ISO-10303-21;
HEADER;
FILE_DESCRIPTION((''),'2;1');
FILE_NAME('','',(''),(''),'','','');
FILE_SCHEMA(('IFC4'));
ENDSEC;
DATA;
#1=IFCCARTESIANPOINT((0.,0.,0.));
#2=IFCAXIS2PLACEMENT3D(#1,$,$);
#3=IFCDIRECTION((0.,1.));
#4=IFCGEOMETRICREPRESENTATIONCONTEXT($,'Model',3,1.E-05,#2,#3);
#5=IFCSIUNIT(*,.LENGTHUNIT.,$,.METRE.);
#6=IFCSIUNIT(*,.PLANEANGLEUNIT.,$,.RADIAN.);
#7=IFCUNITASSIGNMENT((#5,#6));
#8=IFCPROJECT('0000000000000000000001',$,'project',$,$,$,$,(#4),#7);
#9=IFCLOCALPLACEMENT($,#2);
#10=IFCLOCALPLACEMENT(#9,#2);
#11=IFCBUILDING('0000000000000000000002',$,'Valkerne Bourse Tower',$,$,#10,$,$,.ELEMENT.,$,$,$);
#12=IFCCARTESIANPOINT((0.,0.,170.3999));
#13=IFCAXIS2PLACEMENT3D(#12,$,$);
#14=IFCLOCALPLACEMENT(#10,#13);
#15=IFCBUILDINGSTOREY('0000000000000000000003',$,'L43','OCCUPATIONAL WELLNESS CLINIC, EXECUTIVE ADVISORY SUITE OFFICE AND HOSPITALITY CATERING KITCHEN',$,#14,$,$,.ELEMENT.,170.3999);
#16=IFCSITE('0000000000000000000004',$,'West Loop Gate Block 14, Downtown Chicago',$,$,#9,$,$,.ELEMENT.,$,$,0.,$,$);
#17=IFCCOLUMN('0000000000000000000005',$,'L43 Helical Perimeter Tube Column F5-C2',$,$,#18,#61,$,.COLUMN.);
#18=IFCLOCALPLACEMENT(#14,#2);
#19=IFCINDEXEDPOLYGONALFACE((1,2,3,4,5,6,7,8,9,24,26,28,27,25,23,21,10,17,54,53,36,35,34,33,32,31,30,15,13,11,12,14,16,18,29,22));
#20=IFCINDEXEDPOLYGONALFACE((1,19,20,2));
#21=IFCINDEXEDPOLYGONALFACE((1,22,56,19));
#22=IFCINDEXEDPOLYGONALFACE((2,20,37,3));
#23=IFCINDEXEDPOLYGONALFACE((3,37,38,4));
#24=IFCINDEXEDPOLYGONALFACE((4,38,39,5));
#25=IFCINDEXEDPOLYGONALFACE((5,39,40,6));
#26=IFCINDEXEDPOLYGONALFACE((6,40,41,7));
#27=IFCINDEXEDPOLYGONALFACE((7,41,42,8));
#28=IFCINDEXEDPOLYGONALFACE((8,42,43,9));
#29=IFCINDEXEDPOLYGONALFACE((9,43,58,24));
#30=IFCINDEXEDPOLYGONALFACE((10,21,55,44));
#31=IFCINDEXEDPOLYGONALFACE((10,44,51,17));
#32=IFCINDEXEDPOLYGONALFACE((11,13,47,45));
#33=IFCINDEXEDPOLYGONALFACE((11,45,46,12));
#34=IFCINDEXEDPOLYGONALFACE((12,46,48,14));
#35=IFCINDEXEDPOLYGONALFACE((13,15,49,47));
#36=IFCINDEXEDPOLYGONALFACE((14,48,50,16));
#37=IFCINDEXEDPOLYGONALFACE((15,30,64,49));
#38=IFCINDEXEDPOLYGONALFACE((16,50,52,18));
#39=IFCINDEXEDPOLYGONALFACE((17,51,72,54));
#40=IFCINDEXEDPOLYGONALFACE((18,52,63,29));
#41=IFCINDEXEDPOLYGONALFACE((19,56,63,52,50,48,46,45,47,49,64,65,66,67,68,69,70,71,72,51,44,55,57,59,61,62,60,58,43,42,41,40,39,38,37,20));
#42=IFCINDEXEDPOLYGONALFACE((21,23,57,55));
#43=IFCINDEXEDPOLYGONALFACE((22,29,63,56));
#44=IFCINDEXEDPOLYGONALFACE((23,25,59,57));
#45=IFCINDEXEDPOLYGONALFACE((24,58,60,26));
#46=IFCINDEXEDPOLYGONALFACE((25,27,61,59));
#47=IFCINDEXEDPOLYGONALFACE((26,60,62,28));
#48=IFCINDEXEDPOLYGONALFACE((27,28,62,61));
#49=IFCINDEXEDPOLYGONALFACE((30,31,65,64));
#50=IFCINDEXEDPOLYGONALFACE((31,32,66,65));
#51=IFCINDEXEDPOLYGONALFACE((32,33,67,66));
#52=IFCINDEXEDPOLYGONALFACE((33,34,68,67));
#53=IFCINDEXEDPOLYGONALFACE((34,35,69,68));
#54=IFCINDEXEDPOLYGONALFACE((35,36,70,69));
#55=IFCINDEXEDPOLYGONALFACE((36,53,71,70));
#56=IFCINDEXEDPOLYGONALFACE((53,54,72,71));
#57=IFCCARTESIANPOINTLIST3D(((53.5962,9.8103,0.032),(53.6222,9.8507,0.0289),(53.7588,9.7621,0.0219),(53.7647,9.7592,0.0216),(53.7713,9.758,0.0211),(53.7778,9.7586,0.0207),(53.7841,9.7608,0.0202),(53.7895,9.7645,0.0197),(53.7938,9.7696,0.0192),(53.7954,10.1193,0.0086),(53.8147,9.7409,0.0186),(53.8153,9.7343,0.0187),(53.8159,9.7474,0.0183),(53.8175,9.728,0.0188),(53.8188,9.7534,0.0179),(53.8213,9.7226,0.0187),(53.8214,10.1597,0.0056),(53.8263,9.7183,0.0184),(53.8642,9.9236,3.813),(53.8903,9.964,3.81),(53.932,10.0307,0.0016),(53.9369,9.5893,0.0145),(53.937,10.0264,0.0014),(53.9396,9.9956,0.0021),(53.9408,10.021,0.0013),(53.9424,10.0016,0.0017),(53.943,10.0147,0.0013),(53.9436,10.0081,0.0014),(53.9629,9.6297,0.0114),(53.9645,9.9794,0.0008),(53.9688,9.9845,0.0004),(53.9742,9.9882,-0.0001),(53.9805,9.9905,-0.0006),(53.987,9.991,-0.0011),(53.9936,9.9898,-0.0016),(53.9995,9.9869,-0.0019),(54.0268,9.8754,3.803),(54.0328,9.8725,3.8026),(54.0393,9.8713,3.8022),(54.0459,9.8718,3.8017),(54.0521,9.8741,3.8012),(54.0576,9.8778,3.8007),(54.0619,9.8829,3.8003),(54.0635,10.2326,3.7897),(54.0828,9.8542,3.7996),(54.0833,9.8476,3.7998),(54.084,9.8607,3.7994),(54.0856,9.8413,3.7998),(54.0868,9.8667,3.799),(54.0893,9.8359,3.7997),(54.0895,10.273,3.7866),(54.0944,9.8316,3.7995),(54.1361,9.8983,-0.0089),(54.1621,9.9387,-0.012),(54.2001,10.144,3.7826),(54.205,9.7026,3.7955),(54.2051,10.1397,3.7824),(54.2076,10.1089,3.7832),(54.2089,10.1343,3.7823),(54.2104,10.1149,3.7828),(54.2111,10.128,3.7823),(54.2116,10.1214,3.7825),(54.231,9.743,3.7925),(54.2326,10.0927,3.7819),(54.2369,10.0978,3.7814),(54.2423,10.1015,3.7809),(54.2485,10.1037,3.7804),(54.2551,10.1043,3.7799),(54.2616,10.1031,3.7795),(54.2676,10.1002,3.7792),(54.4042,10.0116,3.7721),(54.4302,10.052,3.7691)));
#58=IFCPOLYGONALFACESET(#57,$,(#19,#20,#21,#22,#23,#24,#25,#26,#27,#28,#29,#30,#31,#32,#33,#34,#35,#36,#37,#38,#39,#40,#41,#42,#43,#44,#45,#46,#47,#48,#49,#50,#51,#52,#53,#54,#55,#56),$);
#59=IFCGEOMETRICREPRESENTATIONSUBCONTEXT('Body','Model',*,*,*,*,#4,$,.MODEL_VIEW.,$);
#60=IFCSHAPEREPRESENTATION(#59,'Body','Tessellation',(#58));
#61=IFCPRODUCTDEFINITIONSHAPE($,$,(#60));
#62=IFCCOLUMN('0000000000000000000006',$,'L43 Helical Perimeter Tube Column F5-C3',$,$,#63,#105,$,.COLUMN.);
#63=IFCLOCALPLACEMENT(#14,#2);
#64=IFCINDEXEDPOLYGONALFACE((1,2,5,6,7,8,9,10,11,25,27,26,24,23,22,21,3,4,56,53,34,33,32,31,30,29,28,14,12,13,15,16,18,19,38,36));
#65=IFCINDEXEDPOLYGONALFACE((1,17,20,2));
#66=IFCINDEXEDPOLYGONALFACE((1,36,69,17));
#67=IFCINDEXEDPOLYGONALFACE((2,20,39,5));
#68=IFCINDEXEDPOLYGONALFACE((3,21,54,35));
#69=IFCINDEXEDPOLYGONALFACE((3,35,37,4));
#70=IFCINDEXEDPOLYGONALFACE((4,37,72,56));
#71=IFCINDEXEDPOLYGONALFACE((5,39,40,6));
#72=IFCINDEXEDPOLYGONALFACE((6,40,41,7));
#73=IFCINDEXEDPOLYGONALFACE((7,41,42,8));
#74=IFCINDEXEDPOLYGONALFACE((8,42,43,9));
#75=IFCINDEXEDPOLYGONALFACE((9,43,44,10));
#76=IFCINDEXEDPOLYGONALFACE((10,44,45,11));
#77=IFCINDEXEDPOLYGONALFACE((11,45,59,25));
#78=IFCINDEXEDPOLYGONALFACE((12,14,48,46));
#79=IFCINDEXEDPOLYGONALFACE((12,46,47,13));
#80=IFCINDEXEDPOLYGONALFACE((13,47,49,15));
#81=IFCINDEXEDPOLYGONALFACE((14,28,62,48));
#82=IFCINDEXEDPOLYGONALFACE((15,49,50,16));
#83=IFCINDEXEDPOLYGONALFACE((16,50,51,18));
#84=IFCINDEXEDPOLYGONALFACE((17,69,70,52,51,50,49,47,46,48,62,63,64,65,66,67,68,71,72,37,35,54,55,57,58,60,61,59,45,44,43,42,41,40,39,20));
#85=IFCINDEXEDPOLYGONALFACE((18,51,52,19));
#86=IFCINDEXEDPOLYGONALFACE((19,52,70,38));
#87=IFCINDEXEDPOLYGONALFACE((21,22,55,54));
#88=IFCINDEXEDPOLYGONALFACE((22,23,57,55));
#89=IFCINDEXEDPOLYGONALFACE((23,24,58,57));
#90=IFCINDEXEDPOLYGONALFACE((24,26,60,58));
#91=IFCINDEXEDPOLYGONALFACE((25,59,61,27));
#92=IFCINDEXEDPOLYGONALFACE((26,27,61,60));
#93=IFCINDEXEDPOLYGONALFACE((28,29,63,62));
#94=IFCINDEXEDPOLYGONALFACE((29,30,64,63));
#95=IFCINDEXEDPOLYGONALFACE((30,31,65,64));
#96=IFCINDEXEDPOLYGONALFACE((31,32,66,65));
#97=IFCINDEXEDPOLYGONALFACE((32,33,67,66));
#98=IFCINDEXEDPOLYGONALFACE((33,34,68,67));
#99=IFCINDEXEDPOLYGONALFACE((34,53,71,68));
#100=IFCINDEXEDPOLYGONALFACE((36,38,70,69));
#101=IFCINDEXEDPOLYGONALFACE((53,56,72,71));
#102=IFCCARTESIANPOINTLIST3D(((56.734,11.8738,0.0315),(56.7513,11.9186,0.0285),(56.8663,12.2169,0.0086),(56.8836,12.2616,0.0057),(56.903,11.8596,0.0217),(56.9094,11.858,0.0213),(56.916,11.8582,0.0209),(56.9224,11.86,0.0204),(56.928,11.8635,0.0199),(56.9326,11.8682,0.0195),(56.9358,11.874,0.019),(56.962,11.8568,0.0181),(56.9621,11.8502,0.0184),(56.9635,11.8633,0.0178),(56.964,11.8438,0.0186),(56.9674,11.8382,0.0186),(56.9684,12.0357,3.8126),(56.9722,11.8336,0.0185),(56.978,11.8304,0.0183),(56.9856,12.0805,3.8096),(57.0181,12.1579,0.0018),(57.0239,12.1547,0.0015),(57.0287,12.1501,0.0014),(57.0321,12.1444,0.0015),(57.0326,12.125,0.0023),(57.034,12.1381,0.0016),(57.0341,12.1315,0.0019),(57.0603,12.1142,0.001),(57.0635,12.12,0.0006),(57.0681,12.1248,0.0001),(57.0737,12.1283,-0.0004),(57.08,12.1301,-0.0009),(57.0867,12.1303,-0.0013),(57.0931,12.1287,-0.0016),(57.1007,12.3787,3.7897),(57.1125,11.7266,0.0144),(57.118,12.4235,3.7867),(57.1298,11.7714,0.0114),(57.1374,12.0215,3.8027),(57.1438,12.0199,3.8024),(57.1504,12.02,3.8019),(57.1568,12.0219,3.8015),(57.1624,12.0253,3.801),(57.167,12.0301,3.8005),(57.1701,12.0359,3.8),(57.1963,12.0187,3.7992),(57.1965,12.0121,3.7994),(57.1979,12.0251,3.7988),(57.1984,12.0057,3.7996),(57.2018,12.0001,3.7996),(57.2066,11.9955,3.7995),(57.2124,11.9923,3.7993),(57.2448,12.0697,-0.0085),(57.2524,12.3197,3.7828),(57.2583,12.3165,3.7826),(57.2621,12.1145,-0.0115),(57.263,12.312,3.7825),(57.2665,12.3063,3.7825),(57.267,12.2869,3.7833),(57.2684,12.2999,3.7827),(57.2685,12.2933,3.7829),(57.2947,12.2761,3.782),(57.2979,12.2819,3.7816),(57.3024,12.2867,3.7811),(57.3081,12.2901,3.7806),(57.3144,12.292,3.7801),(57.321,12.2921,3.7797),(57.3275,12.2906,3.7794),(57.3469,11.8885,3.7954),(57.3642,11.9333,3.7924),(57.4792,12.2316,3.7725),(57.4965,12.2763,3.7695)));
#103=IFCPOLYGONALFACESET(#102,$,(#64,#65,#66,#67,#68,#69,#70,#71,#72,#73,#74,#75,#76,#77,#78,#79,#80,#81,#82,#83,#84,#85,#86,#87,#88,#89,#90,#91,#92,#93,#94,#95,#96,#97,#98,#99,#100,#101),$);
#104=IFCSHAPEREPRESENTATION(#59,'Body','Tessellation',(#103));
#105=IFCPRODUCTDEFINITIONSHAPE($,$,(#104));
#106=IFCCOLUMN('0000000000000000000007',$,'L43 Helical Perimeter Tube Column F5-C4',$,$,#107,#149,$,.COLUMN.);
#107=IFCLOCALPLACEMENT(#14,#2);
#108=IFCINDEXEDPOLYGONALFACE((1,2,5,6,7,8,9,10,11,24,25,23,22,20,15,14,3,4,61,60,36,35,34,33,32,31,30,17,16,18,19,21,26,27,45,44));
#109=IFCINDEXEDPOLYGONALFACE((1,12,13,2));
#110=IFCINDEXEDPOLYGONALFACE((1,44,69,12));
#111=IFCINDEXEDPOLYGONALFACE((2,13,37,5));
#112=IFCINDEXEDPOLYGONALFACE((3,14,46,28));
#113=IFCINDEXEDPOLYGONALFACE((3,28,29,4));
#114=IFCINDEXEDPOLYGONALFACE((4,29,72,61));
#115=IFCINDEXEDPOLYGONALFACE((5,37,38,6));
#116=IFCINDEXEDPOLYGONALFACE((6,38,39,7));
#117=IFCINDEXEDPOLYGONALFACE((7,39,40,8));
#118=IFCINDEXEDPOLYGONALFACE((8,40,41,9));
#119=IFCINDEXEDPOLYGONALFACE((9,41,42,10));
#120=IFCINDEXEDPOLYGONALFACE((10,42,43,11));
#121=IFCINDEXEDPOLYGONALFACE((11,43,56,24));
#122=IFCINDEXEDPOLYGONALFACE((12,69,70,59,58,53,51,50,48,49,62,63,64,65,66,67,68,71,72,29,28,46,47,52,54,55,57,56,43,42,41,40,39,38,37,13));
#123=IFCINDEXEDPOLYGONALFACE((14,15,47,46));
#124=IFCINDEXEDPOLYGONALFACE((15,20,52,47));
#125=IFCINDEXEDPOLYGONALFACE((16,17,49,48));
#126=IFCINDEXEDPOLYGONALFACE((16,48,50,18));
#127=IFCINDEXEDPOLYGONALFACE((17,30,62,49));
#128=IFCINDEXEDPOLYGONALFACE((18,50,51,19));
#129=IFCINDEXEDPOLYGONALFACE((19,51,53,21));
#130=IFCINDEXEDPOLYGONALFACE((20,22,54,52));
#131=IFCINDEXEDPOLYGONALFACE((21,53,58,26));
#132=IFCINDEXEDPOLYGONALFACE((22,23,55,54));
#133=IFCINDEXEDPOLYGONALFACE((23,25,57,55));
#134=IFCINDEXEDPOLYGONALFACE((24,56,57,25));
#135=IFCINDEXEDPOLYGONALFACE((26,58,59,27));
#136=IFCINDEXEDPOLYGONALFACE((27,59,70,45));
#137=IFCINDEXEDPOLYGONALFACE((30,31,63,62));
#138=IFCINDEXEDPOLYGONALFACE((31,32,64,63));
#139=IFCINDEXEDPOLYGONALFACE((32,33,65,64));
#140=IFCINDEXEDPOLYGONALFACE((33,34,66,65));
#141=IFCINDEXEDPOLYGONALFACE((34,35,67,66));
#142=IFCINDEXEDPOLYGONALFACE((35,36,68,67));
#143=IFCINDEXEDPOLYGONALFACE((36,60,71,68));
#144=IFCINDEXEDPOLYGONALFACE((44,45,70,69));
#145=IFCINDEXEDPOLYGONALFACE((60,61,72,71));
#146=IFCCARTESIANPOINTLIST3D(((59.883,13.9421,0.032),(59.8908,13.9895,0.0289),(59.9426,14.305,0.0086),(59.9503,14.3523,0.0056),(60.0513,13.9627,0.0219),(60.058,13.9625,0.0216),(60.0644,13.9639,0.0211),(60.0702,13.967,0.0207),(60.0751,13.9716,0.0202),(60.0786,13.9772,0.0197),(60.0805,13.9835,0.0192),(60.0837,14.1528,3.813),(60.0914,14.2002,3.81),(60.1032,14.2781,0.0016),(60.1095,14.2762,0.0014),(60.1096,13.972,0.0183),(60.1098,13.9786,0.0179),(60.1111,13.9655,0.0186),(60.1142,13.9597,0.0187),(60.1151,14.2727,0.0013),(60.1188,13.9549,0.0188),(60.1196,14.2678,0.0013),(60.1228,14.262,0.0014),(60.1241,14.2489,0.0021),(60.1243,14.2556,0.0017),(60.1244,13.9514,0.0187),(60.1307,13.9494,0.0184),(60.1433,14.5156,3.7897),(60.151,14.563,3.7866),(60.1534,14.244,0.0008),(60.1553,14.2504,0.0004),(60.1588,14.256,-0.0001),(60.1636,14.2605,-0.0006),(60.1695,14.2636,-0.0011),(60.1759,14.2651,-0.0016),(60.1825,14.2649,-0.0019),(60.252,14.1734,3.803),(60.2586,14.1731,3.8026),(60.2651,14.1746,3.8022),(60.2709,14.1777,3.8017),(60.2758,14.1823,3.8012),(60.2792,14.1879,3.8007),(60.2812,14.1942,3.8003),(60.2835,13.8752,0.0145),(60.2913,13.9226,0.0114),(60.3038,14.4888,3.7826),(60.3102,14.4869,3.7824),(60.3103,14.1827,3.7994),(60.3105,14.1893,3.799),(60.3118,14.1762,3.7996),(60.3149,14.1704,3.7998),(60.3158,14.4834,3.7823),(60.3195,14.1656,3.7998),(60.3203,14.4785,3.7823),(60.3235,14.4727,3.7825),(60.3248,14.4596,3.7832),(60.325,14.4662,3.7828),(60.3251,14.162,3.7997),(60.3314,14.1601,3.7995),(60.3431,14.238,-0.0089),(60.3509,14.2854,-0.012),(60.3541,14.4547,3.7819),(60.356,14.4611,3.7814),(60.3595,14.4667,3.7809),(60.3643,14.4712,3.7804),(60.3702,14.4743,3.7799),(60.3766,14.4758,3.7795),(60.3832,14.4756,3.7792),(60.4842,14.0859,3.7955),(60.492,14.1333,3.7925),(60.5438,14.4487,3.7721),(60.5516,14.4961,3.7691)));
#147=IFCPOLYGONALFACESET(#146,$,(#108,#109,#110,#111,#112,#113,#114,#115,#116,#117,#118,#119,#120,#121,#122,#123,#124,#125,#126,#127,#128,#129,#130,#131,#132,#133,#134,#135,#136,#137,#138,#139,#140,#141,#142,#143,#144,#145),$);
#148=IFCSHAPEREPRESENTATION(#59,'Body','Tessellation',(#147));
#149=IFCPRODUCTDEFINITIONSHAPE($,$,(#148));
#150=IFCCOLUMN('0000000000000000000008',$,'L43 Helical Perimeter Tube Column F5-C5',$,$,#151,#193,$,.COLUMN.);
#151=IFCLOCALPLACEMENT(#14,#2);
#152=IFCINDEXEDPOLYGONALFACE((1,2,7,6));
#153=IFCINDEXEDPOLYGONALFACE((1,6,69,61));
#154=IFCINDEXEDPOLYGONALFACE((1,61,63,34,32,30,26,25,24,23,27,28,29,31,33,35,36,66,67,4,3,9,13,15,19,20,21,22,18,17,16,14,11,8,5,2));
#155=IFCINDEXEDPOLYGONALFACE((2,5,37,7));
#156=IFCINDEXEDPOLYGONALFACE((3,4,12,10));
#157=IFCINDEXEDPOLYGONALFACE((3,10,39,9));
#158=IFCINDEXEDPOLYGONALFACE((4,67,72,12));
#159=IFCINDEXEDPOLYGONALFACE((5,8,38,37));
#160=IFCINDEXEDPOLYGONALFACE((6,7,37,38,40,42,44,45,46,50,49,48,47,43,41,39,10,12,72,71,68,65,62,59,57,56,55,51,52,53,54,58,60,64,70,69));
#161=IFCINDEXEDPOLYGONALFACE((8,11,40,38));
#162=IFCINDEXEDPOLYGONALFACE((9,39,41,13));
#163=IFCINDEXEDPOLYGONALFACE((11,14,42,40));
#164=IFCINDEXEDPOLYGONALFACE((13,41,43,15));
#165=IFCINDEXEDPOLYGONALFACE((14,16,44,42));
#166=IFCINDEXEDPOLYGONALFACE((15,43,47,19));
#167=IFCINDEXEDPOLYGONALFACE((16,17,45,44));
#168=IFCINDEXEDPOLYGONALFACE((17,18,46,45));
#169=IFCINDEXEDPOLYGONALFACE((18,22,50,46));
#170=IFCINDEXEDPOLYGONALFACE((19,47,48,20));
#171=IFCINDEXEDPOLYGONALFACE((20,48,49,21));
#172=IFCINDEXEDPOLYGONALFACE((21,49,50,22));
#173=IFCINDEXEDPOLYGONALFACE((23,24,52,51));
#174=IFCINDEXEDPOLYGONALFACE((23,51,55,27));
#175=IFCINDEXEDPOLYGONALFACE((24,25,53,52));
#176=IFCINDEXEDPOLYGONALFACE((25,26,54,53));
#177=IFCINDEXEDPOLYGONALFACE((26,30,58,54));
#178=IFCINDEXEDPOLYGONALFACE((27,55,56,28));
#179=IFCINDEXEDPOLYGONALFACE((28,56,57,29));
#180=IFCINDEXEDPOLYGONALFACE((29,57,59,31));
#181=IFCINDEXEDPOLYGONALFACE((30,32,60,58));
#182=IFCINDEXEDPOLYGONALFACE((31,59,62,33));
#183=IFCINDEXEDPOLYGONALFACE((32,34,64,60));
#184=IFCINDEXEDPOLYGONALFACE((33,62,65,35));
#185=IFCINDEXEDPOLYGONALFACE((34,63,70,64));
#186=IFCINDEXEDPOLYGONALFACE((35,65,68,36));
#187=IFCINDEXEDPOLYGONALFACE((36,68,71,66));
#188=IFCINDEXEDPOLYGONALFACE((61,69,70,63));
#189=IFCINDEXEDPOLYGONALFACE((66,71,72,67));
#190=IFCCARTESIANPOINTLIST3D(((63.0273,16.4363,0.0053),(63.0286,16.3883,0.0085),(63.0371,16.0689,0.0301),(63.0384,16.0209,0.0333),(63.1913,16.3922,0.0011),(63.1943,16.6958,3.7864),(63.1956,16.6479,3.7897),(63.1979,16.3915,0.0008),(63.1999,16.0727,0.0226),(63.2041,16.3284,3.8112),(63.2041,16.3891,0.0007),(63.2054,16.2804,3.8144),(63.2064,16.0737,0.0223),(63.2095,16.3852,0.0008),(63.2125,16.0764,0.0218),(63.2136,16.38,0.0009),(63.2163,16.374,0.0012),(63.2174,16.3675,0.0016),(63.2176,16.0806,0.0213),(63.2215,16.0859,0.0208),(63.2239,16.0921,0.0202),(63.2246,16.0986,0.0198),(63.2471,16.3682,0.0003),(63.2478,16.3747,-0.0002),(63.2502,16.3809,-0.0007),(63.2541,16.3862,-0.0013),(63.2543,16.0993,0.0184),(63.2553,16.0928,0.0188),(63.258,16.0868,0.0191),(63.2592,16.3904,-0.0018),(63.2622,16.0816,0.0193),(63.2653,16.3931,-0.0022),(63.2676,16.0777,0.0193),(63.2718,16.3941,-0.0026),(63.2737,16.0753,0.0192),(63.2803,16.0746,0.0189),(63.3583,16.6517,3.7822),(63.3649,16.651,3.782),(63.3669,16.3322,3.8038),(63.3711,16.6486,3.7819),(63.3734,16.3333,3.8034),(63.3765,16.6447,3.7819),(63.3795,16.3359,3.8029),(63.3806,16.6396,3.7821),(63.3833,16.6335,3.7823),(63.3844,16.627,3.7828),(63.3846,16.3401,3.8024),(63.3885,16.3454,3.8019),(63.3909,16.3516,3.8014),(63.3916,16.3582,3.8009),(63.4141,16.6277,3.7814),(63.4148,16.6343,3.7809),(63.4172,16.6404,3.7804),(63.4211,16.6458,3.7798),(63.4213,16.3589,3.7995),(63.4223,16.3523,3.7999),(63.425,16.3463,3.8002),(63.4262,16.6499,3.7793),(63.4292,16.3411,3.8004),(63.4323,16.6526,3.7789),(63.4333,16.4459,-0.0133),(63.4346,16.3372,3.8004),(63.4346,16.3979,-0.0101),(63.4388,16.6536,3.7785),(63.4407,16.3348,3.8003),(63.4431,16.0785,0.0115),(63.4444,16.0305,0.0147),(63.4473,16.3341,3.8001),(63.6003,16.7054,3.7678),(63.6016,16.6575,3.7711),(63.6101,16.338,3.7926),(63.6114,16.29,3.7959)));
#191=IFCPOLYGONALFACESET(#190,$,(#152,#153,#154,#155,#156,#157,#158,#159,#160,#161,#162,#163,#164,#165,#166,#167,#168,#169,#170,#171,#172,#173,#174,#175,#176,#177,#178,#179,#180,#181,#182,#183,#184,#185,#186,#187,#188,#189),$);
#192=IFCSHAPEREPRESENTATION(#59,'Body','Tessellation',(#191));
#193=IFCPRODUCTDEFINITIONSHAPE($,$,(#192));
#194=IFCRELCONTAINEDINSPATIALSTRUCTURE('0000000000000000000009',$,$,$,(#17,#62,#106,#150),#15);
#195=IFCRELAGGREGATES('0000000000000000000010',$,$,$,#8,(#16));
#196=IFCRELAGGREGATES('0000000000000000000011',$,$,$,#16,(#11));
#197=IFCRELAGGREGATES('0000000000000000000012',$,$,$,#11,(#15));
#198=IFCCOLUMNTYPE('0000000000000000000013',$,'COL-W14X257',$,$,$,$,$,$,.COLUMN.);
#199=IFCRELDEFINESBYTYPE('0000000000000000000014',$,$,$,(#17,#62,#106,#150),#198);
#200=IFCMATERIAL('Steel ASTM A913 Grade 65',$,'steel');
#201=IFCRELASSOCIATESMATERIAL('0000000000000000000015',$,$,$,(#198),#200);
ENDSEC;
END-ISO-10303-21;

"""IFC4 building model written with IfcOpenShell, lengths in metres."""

from ifc_helpers import new_model, si_unit, direction, frame, origin, origin_2d, place, context, subcontext, project, spatial, i_section, extrude, material, material_profile, profile_set, type_object, element, save


model = new_model("IFC4")

# Units and contexts
model_context = context("Model", 3, precision=1e-05, world=origin(), true_north=direction((0.0, 1.0)))
body_context = subcontext(model_context, "Body", "Model", "MODEL_VIEW")
ifc_project = project(units=[si_unit("LENGTHUNIT", "METRE"), si_unit("PLANEANGLEUNIT", "RADIAN")], contexts=[model_context])

# Site, building, storey
site_placement = place(None, origin())
site = spatial("IfcSite", under=ifc_project, at=site_placement, Name="West Loop Gate Block 14, Downtown Chicago", CompositionType="ELEMENT", RefElevation=0.0)
building_placement = place(site_placement, origin())
building = spatial("IfcBuilding", under=site, at=building_placement, Name="Valkerne Bourse Tower", CompositionType="ELEMENT")
storey_placement = place(building_placement, frame((0.0, 0.0, 170.3999)))
storey = spatial("IfcBuildingStorey", under=building, at=storey_placement, Name="L43", Description="OCCUPATIONAL WELLNESS CLINIC, EXECUTIVE ADVISORY SUITE OFFICE AND HOSPITALITY CATERING KITCHEN", CompositionType="ELEMENT", Elevation=170.3999)

# Columns
ifc_material_1 = material(Name="Steel ASTM A913 Grade 65", Category="steel")
ifc_material_profile_1 = material_profile(ifc_material_1, i_section(OverallWidth=0.4065, OverallDepth=0.4165, WebThickness=0.0298, FlangeThickness=0.0481, FilletRadius=0.0254, at=origin_2d()), Name="W14X257")
ifc_profile_set_1 = profile_set([ifc_material_profile_1], Name="Steel ASTM A913 Grade 65")
column_type = type_object("IfcColumnType", Name="COL-W14X257", PredefinedType="COLUMN", material=ifc_profile_set_1)
column_1_placement = place(storey_placement, frame((53.8792, 9.8745, 0.01), z_axis=(0.070689, 0.029872, 0.997051), x_axis=(-0.838171, 0.543699, 0.043135)))
element("IfcColumn", 1, at=column_1_placement, inside=storey, type_object=column_type, Name="L43 Helical Perimeter Tube Column F5-C2", PredefinedType="COLUMN", context=body_context, shape_type="SweptSolid", body=[
    extrude(i_section(OverallWidth=0.4065, OverallDepth=0.4165, WebThickness=0.0298, FlangeThickness=0.0481, FilletRadius=0.0254, at=origin_2d()), origin(), (0.0, 0.0, 1.0), 3.7922),
])
column_2_placement = place(storey_placement, frame((56.998, 11.9941, 0.01), z_axis=(0.061812, 0.042689, 0.997174), x_axis=(-0.931206, 0.36204, 0.042224)))
element("IfcColumn", 2, at=column_2_placement, inside=storey, type_object=column_type, Name="L43 Helical Perimeter Tube Column F5-C3", PredefinedType="COLUMN", context=body_context, shape_type="SweptSolid", body=[
    extrude(i_section(OverallWidth=0.4065, OverallDepth=0.4165, WebThickness=0.0298, FlangeThickness=0.0481, FilletRadius=0.0254, at=origin_2d()), origin(), (0.0, 0.0, 1.0), 3.7917),
])
column_3_placement = place(storey_placement, frame((60.1169, 14.1138, 0.01), z_axis=(0.05292, 0.05556, 0.997052), x_axis=(-0.985412, 0.164631, 0.043129)))
element("IfcColumn", 3, at=column_3_placement, inside=storey, type_object=column_type, Name="L43 Helical Perimeter Tube Column F5-C4", PredefinedType="COLUMN", context=body_context, shape_type="SweptSolid", body=[
    extrude(i_section(OverallWidth=0.4065, OverallDepth=0.4165, WebThickness=0.0298, FlangeThickness=0.0481, FilletRadius=0.0254, at=origin_2d()), origin(), (0.0, 0.0, 1.0), 3.7922),
])
column_4_placement = place(storey_placement, frame((63.2358, 16.2334, 0.01), z_axis=(0.04402, 0.068411, 0.996686), x_axis=(-0.998676, -0.023568, 0.045725)))
element("IfcColumn", 4, at=column_4_placement, inside=storey, type_object=column_type, Name="L43 Helical Perimeter Tube Column F5-C5", PredefinedType="COLUMN", context=body_context, shape_type="SweptSolid", body=[
    extrude(i_section(OverallWidth=0.4065, OverallDepth=0.4165, WebThickness=0.0298, FlangeThickness=0.0481, FilletRadius=0.0254, at=origin_2d()), origin(), (0.0, 0.0, 1.0), 3.7937),
])

save(model, "model.ifc")
